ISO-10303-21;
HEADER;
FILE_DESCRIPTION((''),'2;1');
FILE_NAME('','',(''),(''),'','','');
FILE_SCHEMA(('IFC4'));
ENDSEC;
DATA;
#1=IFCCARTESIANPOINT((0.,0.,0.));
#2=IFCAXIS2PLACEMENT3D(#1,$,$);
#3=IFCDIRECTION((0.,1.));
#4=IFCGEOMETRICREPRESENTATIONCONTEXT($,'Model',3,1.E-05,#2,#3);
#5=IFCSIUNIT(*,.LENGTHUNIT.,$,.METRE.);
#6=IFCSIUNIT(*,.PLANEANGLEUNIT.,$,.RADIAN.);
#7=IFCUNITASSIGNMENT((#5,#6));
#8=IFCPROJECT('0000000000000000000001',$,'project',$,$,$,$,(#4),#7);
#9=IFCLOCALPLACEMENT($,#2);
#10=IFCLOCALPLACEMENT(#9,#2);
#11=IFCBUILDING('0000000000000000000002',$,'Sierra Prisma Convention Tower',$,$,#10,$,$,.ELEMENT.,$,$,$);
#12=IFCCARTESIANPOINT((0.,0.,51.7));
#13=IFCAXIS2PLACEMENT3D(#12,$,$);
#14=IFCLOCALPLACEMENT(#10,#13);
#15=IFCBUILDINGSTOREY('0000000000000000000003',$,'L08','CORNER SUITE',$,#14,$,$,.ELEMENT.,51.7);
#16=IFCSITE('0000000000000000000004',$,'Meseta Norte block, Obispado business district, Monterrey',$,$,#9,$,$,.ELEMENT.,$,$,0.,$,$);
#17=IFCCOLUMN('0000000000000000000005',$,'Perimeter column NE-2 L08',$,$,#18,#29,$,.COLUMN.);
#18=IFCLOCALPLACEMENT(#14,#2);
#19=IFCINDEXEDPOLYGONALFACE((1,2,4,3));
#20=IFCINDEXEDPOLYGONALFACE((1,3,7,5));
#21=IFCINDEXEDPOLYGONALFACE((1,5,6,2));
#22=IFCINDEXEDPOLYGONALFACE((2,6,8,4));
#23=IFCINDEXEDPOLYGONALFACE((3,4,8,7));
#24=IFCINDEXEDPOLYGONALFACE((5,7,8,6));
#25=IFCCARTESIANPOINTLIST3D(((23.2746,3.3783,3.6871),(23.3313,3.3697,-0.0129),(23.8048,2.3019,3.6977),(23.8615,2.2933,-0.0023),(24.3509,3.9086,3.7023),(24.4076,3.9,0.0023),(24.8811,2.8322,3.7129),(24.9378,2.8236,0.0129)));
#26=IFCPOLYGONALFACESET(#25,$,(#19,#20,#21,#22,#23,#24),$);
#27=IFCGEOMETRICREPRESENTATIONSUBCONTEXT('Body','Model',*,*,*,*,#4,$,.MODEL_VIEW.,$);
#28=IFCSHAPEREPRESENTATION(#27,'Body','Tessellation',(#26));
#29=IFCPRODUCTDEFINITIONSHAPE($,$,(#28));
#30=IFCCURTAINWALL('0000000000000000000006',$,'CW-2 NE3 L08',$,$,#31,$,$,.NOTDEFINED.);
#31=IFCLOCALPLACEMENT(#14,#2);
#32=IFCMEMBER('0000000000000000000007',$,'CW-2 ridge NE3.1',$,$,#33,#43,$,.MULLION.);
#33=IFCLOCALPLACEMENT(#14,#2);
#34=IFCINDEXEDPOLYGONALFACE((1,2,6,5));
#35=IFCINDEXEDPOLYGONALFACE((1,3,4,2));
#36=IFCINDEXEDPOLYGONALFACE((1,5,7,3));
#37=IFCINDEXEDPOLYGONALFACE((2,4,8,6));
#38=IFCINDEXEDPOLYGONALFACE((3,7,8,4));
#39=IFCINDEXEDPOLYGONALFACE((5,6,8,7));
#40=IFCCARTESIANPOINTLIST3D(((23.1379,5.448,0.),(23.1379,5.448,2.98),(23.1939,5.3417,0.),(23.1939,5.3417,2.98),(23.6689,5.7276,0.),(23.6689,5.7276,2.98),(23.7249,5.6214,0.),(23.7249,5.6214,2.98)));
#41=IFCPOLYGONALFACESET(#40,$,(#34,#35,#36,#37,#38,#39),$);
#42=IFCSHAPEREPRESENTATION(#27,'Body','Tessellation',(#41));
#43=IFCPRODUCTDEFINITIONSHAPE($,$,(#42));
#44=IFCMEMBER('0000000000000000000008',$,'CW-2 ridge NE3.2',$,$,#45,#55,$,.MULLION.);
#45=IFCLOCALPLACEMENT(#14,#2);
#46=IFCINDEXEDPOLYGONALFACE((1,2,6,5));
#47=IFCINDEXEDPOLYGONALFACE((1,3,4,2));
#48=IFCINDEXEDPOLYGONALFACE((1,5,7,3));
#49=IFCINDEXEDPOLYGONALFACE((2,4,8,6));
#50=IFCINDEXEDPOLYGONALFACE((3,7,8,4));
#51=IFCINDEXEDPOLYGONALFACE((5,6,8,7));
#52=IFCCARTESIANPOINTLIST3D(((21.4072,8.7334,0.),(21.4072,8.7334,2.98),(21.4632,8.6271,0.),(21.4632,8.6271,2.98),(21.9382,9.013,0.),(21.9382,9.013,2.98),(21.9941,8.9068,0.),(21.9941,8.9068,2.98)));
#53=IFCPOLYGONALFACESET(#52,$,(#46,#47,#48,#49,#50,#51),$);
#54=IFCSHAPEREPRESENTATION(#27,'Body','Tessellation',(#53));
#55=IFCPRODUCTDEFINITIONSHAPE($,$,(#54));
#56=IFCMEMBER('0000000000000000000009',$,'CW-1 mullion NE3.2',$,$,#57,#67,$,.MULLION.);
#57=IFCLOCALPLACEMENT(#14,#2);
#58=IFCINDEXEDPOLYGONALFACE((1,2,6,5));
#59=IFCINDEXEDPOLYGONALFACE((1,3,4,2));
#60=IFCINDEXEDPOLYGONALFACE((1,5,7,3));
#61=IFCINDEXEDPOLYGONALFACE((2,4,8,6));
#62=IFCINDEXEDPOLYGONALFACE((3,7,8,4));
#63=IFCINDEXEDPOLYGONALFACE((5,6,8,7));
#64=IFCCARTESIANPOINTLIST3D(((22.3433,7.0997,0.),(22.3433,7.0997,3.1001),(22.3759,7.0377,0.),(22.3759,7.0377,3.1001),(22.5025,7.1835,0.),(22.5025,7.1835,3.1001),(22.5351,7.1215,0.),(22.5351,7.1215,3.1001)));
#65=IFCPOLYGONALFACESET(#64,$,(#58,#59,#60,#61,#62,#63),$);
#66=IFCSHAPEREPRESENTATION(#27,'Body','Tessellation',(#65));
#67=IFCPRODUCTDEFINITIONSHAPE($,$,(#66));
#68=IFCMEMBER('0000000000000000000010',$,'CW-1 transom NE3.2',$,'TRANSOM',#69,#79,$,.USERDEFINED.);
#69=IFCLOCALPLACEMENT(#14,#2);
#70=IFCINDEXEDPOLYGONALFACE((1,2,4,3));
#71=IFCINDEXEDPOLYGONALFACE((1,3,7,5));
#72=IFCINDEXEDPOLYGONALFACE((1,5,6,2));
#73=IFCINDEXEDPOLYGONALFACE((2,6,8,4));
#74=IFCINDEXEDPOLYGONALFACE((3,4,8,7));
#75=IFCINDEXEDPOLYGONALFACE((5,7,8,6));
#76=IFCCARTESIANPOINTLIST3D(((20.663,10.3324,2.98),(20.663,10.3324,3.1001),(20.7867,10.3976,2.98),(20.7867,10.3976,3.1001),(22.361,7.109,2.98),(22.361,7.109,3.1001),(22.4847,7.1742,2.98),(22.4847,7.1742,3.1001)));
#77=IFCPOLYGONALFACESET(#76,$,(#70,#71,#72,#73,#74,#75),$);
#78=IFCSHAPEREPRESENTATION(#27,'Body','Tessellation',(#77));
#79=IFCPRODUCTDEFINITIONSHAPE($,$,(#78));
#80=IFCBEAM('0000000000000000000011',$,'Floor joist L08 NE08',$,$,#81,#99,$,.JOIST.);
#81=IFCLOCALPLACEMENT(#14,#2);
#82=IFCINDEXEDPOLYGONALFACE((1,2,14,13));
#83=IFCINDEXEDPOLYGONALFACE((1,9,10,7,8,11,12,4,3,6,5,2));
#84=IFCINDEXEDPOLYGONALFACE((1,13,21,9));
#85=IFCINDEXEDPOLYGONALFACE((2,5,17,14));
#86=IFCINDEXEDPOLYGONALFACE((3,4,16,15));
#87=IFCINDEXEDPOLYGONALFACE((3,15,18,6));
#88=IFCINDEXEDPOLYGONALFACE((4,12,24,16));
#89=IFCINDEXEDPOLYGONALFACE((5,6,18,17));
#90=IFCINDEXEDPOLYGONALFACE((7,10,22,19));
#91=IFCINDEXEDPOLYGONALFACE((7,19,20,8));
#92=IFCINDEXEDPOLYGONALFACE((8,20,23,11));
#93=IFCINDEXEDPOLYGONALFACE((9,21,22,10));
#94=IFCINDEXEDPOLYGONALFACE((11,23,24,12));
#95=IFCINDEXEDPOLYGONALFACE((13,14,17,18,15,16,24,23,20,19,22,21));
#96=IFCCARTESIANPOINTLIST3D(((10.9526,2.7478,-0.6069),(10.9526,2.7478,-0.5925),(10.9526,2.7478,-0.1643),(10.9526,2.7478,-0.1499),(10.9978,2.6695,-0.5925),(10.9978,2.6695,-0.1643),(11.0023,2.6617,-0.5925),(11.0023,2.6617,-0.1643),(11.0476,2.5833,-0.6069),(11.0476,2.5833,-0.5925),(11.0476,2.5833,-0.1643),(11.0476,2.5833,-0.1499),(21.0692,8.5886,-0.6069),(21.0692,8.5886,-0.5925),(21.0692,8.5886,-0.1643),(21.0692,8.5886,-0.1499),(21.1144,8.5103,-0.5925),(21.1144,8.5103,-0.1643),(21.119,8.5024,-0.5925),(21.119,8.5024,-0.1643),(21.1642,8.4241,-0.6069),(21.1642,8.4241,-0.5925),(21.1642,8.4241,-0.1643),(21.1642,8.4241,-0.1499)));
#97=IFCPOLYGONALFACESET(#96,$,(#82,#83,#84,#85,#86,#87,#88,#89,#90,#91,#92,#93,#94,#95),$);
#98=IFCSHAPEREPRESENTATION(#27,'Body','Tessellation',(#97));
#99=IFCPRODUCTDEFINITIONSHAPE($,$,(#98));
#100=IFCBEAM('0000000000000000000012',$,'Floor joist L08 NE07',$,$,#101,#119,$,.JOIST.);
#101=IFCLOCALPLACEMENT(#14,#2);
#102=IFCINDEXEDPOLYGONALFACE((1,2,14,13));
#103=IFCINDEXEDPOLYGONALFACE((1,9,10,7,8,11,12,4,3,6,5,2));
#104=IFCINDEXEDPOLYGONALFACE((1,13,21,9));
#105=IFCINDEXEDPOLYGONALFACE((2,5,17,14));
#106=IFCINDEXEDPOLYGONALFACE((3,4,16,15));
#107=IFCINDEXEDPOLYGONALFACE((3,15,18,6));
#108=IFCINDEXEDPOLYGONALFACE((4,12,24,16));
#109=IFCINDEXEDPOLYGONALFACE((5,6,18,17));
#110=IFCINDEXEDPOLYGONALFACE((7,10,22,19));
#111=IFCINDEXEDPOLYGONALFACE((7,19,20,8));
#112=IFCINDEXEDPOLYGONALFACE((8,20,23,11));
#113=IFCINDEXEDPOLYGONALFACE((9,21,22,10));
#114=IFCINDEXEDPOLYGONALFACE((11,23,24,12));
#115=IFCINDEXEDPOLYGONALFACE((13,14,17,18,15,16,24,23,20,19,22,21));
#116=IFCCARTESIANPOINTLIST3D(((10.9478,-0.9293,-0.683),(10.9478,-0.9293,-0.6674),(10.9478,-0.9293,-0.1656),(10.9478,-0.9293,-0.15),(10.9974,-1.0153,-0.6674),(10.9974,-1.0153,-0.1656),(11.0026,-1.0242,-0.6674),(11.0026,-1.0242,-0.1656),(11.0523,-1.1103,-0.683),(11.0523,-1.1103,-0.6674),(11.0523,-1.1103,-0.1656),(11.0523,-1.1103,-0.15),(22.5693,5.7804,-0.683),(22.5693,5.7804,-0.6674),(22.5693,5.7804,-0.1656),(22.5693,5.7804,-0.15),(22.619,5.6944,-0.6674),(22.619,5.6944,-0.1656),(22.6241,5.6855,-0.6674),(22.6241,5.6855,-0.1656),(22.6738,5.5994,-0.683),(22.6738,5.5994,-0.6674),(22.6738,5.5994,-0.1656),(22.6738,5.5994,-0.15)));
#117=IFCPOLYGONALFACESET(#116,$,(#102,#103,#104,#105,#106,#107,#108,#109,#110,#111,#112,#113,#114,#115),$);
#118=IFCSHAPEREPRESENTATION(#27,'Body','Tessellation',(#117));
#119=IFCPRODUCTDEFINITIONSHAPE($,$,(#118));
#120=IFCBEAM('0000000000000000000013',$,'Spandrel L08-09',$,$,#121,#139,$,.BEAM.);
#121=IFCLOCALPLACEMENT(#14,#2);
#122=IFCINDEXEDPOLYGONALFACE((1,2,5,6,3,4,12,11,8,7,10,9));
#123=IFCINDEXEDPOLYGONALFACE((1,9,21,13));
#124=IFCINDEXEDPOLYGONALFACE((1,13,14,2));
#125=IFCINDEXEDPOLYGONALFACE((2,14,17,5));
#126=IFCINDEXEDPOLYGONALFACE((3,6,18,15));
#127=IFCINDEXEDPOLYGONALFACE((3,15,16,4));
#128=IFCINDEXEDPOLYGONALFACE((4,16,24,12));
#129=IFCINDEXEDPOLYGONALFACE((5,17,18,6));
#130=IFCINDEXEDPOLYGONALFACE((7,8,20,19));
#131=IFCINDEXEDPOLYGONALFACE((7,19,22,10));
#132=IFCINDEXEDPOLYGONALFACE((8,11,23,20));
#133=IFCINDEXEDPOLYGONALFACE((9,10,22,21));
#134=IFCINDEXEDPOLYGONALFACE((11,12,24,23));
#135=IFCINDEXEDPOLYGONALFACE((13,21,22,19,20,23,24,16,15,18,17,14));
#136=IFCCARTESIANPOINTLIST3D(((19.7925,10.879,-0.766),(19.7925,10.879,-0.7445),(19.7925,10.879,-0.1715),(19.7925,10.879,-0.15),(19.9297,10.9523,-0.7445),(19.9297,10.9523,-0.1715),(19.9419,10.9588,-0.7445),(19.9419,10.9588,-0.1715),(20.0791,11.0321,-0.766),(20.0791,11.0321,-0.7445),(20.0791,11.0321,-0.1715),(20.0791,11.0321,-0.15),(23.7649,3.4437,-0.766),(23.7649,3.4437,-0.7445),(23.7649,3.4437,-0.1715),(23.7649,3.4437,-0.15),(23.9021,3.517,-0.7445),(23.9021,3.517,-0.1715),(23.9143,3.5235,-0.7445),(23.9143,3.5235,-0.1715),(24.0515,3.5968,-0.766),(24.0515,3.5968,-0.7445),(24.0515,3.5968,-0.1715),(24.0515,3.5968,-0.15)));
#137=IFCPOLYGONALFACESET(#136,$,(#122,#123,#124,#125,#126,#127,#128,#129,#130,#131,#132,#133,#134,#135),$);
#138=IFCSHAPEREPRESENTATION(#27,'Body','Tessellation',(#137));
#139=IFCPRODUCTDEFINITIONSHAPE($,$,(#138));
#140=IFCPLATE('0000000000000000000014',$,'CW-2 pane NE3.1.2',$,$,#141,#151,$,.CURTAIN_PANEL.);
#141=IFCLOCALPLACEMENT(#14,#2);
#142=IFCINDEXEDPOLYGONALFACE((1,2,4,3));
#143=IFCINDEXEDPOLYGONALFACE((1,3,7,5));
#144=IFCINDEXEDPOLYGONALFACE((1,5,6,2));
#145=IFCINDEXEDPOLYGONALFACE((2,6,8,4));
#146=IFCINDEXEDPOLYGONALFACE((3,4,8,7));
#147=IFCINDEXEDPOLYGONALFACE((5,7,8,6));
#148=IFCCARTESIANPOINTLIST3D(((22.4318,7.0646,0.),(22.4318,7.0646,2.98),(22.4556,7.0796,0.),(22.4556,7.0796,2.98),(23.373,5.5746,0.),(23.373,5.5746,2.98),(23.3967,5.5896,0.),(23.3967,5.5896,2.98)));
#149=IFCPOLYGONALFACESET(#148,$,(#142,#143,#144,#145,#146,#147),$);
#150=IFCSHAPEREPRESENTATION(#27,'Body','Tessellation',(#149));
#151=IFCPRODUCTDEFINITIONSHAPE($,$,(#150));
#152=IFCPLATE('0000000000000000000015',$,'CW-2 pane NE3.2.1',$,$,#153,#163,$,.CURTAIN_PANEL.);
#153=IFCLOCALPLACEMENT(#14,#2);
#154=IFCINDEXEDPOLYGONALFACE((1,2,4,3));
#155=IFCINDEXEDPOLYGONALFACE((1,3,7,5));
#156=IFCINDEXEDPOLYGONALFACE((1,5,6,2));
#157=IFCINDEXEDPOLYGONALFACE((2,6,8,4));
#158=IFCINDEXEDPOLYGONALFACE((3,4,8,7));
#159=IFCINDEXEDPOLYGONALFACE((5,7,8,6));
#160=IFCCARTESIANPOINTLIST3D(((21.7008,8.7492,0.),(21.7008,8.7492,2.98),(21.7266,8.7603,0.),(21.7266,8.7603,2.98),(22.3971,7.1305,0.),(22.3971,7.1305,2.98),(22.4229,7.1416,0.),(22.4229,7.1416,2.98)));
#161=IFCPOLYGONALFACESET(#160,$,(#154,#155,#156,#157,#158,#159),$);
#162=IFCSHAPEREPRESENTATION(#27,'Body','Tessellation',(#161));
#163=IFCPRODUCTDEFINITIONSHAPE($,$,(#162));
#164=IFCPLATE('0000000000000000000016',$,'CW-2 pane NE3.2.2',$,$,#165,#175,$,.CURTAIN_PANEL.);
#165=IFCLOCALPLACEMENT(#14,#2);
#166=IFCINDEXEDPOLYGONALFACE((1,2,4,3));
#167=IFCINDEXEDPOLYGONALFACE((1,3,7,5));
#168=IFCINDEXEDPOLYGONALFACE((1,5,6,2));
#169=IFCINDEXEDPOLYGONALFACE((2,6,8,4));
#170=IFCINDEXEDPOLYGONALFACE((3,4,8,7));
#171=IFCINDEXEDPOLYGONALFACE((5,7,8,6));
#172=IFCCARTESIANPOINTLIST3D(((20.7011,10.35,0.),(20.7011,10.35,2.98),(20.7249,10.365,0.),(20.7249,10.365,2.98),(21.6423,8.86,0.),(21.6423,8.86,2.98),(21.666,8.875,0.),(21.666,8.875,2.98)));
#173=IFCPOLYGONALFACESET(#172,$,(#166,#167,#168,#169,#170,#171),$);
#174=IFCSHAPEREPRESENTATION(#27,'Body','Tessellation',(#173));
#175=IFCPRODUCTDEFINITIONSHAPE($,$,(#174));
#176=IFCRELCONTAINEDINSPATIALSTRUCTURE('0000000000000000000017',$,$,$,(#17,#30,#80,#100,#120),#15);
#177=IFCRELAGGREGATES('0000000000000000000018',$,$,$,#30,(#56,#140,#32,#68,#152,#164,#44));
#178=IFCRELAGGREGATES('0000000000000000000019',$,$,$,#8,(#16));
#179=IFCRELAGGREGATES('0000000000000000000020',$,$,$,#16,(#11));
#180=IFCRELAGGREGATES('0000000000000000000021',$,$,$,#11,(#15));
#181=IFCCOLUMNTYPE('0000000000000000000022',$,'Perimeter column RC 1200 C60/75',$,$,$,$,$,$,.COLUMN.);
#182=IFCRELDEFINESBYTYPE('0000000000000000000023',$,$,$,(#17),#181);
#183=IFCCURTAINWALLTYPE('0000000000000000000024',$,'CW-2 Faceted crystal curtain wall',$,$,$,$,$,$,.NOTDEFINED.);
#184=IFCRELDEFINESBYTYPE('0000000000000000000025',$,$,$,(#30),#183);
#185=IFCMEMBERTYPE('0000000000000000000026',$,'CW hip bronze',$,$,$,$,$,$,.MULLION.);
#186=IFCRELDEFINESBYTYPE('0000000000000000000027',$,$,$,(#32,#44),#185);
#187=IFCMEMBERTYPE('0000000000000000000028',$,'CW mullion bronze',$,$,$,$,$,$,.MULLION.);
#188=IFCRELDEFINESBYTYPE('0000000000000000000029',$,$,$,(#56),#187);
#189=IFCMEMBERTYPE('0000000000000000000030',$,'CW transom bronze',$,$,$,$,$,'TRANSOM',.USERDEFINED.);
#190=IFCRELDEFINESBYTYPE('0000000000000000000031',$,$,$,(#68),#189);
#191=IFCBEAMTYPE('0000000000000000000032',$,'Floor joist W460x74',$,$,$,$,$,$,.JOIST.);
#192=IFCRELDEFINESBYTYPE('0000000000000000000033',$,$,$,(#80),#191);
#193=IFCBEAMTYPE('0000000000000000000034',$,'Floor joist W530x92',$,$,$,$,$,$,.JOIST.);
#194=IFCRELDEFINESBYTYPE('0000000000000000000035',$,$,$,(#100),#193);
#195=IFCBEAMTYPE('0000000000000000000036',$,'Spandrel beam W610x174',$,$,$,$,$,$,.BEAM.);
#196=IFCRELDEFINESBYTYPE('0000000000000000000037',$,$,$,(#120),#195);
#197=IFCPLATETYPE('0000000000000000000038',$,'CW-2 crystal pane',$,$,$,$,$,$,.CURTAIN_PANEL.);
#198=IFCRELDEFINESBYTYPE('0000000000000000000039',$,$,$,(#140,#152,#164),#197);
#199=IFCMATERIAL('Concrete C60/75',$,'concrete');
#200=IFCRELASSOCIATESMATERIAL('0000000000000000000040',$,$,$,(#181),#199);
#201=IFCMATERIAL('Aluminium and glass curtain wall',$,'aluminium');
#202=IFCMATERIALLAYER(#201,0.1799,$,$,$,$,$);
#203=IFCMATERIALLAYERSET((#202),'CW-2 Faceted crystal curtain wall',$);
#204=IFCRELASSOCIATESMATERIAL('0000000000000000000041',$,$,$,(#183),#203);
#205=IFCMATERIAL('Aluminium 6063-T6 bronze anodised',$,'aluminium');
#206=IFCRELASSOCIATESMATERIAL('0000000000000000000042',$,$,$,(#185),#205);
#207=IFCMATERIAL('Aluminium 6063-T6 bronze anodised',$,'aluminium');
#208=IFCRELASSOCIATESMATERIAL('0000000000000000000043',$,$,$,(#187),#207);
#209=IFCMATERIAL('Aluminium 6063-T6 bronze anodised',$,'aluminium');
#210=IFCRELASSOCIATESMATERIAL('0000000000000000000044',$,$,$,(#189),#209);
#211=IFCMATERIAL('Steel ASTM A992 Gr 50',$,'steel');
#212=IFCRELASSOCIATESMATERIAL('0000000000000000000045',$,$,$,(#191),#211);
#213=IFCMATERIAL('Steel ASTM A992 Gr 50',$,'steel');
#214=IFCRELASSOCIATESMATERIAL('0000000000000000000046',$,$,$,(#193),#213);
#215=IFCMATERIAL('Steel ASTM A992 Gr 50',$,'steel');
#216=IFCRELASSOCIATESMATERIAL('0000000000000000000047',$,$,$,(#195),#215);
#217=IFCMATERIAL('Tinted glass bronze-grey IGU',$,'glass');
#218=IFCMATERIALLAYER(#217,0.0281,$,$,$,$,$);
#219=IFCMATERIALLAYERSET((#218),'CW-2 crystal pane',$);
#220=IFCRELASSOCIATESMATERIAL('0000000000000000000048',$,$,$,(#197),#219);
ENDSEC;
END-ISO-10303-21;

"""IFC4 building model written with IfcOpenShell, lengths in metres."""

from ifc_helpers import new_model, si_unit, direction, frame, origin, origin_2d, place, context, subcontext, project, spatial, polyline, rectangle, i_section, outline, extrude, material, layer, layer_set, material_profile, profile_set, type_object, element, aggregate, save


model = new_model("IFC4")

# Units and contexts
model_context = context("Model", 3, precision=1e-05, world=origin(), true_north=direction((0.0, 1.0)))
body_context = subcontext(model_context, "Body", "Model", "MODEL_VIEW")
ifc_project = project(units=[si_unit("LENGTHUNIT", "METRE"), si_unit("PLANEANGLEUNIT", "RADIAN")], contexts=[model_context])

# Site, building, storey
site_placement = place(None, origin())
site = spatial("IfcSite", under=ifc_project, at=site_placement, Name="Meseta Norte block, Obispado business district, Monterrey", CompositionType="ELEMENT", RefElevation=0.0)
building_placement = place(site_placement, origin())
building = spatial("IfcBuilding", under=site, at=building_placement, Name="Sierra Prisma Convention Tower", CompositionType="ELEMENT")
storey_placement = place(building_placement, frame((0.0, 0.0, 51.7)))
storey = spatial("IfcBuildingStorey", under=building, at=storey_placement, Name="L08", Description="CORNER SUITE", CompositionType="ELEMENT", Elevation=51.7)

# Column
ifc_material_1 = material(Name="Concrete C60/75", Category="concrete")
ifc_material_profile_1 = material_profile(ifc_material_1, rectangle(XDim=1.2, YDim=1.2, at=origin_2d()), Name="Perimeter column RC 1200 C60/75")
ifc_profile_set_1 = profile_set([ifc_material_profile_1], Name="Concrete C60/75")
column_type = type_object("IfcColumnType", Name="Perimeter column RC 1200 C60/75", PredefinedType="COLUMN", material=ifc_profile_set_1)
column_placement = place(storey_placement, frame((24.1345, 3.0967, 0.0), z_axis=(-0.015307, 0.002309, 0.99988), x_axis=(-0.441869, 0.897036, -0.008836)))
element("IfcColumn", 1, at=column_placement, inside=storey, type_object=column_type, Name="Perimeter column NE-2 L08", PredefinedType="COLUMN", context=body_context, shape_type="SweptSolid", body=[
    extrude(rectangle(XDim=1.2, YDim=1.2, at=origin_2d()), origin(), (0.0, 0.0, 1.0), 3.7004),
])

# Curtain wall, members
ifc_material_2 = material(Name="Aluminium and glass curtain wall", Category="aluminium")
ifc_layer_1 = layer(ifc_material_2, 0.1799)
ifc_layer_set_1 = layer_set([ifc_layer_1], Name="CW-2 Faceted crystal curtain wall")
curtain_wall_type = type_object("IfcCurtainWallType", Name="CW-2 Faceted crystal curtain wall", PredefinedType="NOTDEFINED", material=ifc_layer_set_1)
curtain_wall_placement = place(storey_placement, origin())
curtain_wall = element("IfcCurtainWall", 2, at=curtain_wall_placement, inside=storey, type_object=curtain_wall_type, Name="CW-2 NE3 L08", PredefinedType="NOTDEFINED")
ifc_material_3 = material(Name="Aluminium 6063-T6 bronze anodised", Category="aluminium")
ifc_material_profile_2 = material_profile(ifc_material_3, rectangle(XDim=0.1201, YDim=0.6001, at=origin_2d()), Name="ALU RIDGE BLADE 120x600")
ifc_profile_set_2 = profile_set([ifc_material_profile_2], Name="Aluminium 6063-T6 bronze anodised")
member_type_1 = type_object("IfcMemberType", Name="CW hip bronze", PredefinedType="MULLION", material=ifc_profile_set_2)
member_1_placement = place(storey_placement, frame((23.4314, 5.5347, 0.0), z_axis=(0.0, 0.0, 1.0), x_axis=(-0.466052, 0.884757, 0.0)))
member_1 = element("IfcMember", 3, at=member_1_placement, type_object=member_type_1, Name="CW-2 ridge NE3.1", PredefinedType="MULLION", context=body_context, shape_type="SweptSolid", body=[
    extrude(rectangle(XDim=0.1201, YDim=0.6001, at=origin_2d()), origin(), (0.0, 0.0, 1.0), 2.98),
])
member_2_placement = place(storey_placement, frame((21.7007, 8.8201, 0.0), z_axis=(0.0, 0.0, 1.0), x_axis=(-0.466052, 0.884757, 0.0)))
member_2 = element("IfcMember", 4, at=member_2_placement, type_object=member_type_1, Name="CW-2 ridge NE3.2", PredefinedType="MULLION", context=body_context, shape_type="SweptSolid", body=[
    extrude(rectangle(XDim=0.1201, YDim=0.6001, at=origin_2d()), origin(), (0.0, 0.0, 1.0), 2.98),
])
ifc_material_4 = material(Name="Aluminium 6063-T6 bronze anodised", Category="aluminium")
ifc_material_profile_3 = material_profile(ifc_material_4, rectangle(XDim=0.1799, YDim=0.0701, at=origin_2d()), Name="ALU MULLION 70x180")
ifc_profile_set_3 = profile_set([ifc_material_profile_3], Name="Aluminium 6063-T6 bronze anodised")
member_type_2 = type_object("IfcMemberType", Name="CW mullion bronze", PredefinedType="MULLION", material=ifc_profile_set_3)
member_3_placement = place(storey_placement, frame((22.4392, 7.1106, 0.0), z_axis=(0.0, 0.0, 1.0), x_axis=(-0.884757, -0.466052, 0.0)))
member_3 = element("IfcMember", 5, at=member_3_placement, type_object=member_type_2, Name="CW-1 mullion NE3.2", PredefinedType="MULLION", context=body_context, shape_type="SweptSolid", body=[
    extrude(rectangle(XDim=0.1799, YDim=0.0701, at=origin_2d()), origin(), (0.0, 0.0, 1.0), 3.1001),
])
ifc_material_5 = material(Name="Aluminium 6063-T6 bronze anodised", Category="aluminium")
ifc_material_profile_4 = material_profile(ifc_material_5, rectangle(XDim=0.1399, YDim=0.1201, at=origin_2d()), Name="ALU TRANSOM 120x140")
ifc_profile_set_4 = profile_set([ifc_material_profile_4], Name="Aluminium 6063-T6 bronze anodised")
member_type_3 = type_object("IfcMemberType", Name="CW transom bronze", ElementType="TRANSOM", PredefinedType="USERDEFINED", material=ifc_profile_set_4)
member_4_placement = place(storey_placement, frame((22.4229, 7.1416, 3.04), z_axis=(-0.466064, 0.884751, 0.0), x_axis=(-0.884751, -0.466064, 0.0)))
member_4 = element("IfcMember", 6, at=member_4_placement, type_object=member_type_3, Name="CW-1 transom NE3.2", ObjectType="TRANSOM", PredefinedType="USERDEFINED", context=body_context, shape_type="SweptSolid", body=[
    extrude(rectangle(XDim=0.1399, YDim=0.1201, at=origin_2d()), origin(), (0.0, 0.0, 1.0), 3.6433),
])

# Beams
ifc_material_6 = material(Name="Steel ASTM A992 Gr 50", Category="steel")
ifc_material_profile_5 = material_profile(ifc_material_6, i_section(OverallWidth=0.1899, OverallDepth=0.457, WebThickness=0.009, FlangeThickness=0.0144, at=origin_2d()), Name="W460x74")
ifc_profile_set_5 = profile_set([ifc_material_profile_5], Name="Steel ASTM A992 Gr 50")
beam_type_1 = type_object("IfcBeamType", Name="Floor joist W460x74", PredefinedType="JOIST", material=ifc_profile_set_5)
beam_1_placement = place(storey_placement, frame((21.1167, 8.5063, -0.3784), z_axis=(-0.866028, -0.499996, 0.0), x_axis=(0.499996, -0.866028, 0.0)))
element("IfcBeam", 7, at=beam_1_placement, inside=storey, type_object=beam_type_1, Name="Floor joist L08 NE08", PredefinedType="JOIST", context=body_context, shape_type="SweptSolid", body=[
    extrude(i_section(OverallWidth=0.1899, OverallDepth=0.457, WebThickness=0.009, FlangeThickness=0.0144, at=origin_2d()), origin(), (0.0, 0.0, 1.0), 11.6816),
])
ifc_material_7 = material(Name="Steel ASTM A992 Gr 50", Category="steel")
ifc_material_profile_6 = material_profile(ifc_material_7, i_section(OverallWidth=0.209, OverallDepth=0.533, WebThickness=0.0103, FlangeThickness=0.0156, at=origin_2d()), Name="W530x92")
ifc_profile_set_6 = profile_set([ifc_material_profile_6], Name="Steel ASTM A992 Gr 50")
beam_type_2 = type_object("IfcBeamType", Name="Floor joist W530x92", PredefinedType="JOIST", material=ifc_profile_set_6)
beam_2_placement = place(storey_placement, frame((22.6216, 5.6899, -0.4165), z_axis=(-0.866026, -0.5, 0.0), x_axis=(0.5, -0.866026, 0.0)))
element("IfcBeam", 8, at=beam_2_placement, inside=storey, type_object=beam_type_2, Name="Floor joist L08 NE07", PredefinedType="JOIST", context=body_context, shape_type="SweptSolid", body=[
    extrude(i_section(OverallWidth=0.209, OverallDepth=0.533, WebThickness=0.0103, FlangeThickness=0.0156, at=origin_2d()), origin(), (0.0, 0.0, 1.0), 13.4194),
])
ifc_material_8 = material(Name="Steel ASTM A992 Gr 50", Category="steel")
ifc_material_profile_7 = material_profile(ifc_material_8, i_section(OverallWidth=0.325, OverallDepth=0.616, WebThickness=0.0139, FlangeThickness=0.0215, at=origin_2d()), Name="W610x174")
ifc_profile_set_7 = profile_set([ifc_material_profile_7], Name="Steel ASTM A992 Gr 50")
beam_type_3 = type_object("IfcBeamType", Name="Spandrel beam W610x174", PredefinedType="BEAM", material=ifc_profile_set_7)
beam_3_placement = place(storey_placement, frame((23.9082, 3.5203, -0.458), z_axis=(-0.471227, 0.882012, 0.0), x_axis=(-0.882012, -0.471227, 0.0)))
element("IfcBeam", 9, at=beam_3_placement, inside=storey, type_object=beam_type_3, Name="Spandrel L08-09", PredefinedType="BEAM", context=body_context, shape_type="SweptSolid", body=[
    extrude(i_section(OverallWidth=0.325, OverallDepth=0.616, WebThickness=0.0139, FlangeThickness=0.0215, at=origin_2d()), origin(), (0.0, 0.0, 1.0), 8.4299),
])

# Plates
ifc_material_9 = material(Name="Tinted glass bronze-grey IGU", Category="glass")
ifc_layer_2 = layer(ifc_material_9, 0.0281)
ifc_layer_set_2 = layer_set([ifc_layer_2], Name="CW-2 crystal pane")
plate_type = type_object("IfcPlateType", Name="CW-2 crystal pane", PredefinedType="CURTAIN_PANEL", material=ifc_layer_set_2)
plate_1_placement = place(storey_placement, frame((22.4556, 7.0796, 0.0), z_axis=(0.845459, 0.53404, 0.0), x_axis=(0.53404, -0.845459, 0.0)))
plate_1 = element("IfcPlate", 10, at=plate_1_placement, type_object=plate_type, Name="CW-2 pane NE3.1.2", PredefinedType="CURTAIN_PANEL", context=body_context, shape_type="SweptSolid", body=[
    extrude(outline(polyline([(0.0, 0.0), (1.7623, 0.0), (1.7623, -2.98), (0.0, -2.98), (0.0, 0.0)])), origin(), (0.0, 0.0, -1.0), 0.0281),
])
plate_2_placement = place(storey_placement, frame((22.4229, 7.1416, 0.0), z_axis=(0.918614, 0.395156, 0.0), x_axis=(-0.395156, 0.918614, 0.0)))
plate_2 = element("IfcPlate", 11, at=plate_2_placement, type_object=plate_type, Name="CW-2 pane NE3.2.1", PredefinedType="CURTAIN_PANEL", context=body_context, shape_type="SweptSolid", body=[
    extrude(outline(polyline([(0.0, 0.0), (1.7621, 0.0), (1.7621, 2.98), (0.0, 2.98), (0.0, 0.0)])), origin(), (0.0, 0.0, -1.0), 0.0281),
])
plate_3_placement = place(storey_placement, frame((20.7249, 10.365, 0.0), z_axis=(0.845459, 0.53404, 0.0), x_axis=(0.53404, -0.845459, 0.0)))
plate_3 = element("IfcPlate", 12, at=plate_3_placement, type_object=plate_type, Name="CW-2 pane NE3.2.2", PredefinedType="CURTAIN_PANEL", context=body_context, shape_type="SweptSolid", body=[
    extrude(outline(polyline([(0.0, 0.0), (1.7623, 0.0), (1.7623, -2.98), (0.0, -2.98), (0.0, 0.0)])), origin(), (0.0, 0.0, -1.0), 0.0281),
])
aggregate(curtain_wall, [member_3, plate_1, member_1, member_4, plate_2, plate_3, member_2])

save(model, "model.ifc")
